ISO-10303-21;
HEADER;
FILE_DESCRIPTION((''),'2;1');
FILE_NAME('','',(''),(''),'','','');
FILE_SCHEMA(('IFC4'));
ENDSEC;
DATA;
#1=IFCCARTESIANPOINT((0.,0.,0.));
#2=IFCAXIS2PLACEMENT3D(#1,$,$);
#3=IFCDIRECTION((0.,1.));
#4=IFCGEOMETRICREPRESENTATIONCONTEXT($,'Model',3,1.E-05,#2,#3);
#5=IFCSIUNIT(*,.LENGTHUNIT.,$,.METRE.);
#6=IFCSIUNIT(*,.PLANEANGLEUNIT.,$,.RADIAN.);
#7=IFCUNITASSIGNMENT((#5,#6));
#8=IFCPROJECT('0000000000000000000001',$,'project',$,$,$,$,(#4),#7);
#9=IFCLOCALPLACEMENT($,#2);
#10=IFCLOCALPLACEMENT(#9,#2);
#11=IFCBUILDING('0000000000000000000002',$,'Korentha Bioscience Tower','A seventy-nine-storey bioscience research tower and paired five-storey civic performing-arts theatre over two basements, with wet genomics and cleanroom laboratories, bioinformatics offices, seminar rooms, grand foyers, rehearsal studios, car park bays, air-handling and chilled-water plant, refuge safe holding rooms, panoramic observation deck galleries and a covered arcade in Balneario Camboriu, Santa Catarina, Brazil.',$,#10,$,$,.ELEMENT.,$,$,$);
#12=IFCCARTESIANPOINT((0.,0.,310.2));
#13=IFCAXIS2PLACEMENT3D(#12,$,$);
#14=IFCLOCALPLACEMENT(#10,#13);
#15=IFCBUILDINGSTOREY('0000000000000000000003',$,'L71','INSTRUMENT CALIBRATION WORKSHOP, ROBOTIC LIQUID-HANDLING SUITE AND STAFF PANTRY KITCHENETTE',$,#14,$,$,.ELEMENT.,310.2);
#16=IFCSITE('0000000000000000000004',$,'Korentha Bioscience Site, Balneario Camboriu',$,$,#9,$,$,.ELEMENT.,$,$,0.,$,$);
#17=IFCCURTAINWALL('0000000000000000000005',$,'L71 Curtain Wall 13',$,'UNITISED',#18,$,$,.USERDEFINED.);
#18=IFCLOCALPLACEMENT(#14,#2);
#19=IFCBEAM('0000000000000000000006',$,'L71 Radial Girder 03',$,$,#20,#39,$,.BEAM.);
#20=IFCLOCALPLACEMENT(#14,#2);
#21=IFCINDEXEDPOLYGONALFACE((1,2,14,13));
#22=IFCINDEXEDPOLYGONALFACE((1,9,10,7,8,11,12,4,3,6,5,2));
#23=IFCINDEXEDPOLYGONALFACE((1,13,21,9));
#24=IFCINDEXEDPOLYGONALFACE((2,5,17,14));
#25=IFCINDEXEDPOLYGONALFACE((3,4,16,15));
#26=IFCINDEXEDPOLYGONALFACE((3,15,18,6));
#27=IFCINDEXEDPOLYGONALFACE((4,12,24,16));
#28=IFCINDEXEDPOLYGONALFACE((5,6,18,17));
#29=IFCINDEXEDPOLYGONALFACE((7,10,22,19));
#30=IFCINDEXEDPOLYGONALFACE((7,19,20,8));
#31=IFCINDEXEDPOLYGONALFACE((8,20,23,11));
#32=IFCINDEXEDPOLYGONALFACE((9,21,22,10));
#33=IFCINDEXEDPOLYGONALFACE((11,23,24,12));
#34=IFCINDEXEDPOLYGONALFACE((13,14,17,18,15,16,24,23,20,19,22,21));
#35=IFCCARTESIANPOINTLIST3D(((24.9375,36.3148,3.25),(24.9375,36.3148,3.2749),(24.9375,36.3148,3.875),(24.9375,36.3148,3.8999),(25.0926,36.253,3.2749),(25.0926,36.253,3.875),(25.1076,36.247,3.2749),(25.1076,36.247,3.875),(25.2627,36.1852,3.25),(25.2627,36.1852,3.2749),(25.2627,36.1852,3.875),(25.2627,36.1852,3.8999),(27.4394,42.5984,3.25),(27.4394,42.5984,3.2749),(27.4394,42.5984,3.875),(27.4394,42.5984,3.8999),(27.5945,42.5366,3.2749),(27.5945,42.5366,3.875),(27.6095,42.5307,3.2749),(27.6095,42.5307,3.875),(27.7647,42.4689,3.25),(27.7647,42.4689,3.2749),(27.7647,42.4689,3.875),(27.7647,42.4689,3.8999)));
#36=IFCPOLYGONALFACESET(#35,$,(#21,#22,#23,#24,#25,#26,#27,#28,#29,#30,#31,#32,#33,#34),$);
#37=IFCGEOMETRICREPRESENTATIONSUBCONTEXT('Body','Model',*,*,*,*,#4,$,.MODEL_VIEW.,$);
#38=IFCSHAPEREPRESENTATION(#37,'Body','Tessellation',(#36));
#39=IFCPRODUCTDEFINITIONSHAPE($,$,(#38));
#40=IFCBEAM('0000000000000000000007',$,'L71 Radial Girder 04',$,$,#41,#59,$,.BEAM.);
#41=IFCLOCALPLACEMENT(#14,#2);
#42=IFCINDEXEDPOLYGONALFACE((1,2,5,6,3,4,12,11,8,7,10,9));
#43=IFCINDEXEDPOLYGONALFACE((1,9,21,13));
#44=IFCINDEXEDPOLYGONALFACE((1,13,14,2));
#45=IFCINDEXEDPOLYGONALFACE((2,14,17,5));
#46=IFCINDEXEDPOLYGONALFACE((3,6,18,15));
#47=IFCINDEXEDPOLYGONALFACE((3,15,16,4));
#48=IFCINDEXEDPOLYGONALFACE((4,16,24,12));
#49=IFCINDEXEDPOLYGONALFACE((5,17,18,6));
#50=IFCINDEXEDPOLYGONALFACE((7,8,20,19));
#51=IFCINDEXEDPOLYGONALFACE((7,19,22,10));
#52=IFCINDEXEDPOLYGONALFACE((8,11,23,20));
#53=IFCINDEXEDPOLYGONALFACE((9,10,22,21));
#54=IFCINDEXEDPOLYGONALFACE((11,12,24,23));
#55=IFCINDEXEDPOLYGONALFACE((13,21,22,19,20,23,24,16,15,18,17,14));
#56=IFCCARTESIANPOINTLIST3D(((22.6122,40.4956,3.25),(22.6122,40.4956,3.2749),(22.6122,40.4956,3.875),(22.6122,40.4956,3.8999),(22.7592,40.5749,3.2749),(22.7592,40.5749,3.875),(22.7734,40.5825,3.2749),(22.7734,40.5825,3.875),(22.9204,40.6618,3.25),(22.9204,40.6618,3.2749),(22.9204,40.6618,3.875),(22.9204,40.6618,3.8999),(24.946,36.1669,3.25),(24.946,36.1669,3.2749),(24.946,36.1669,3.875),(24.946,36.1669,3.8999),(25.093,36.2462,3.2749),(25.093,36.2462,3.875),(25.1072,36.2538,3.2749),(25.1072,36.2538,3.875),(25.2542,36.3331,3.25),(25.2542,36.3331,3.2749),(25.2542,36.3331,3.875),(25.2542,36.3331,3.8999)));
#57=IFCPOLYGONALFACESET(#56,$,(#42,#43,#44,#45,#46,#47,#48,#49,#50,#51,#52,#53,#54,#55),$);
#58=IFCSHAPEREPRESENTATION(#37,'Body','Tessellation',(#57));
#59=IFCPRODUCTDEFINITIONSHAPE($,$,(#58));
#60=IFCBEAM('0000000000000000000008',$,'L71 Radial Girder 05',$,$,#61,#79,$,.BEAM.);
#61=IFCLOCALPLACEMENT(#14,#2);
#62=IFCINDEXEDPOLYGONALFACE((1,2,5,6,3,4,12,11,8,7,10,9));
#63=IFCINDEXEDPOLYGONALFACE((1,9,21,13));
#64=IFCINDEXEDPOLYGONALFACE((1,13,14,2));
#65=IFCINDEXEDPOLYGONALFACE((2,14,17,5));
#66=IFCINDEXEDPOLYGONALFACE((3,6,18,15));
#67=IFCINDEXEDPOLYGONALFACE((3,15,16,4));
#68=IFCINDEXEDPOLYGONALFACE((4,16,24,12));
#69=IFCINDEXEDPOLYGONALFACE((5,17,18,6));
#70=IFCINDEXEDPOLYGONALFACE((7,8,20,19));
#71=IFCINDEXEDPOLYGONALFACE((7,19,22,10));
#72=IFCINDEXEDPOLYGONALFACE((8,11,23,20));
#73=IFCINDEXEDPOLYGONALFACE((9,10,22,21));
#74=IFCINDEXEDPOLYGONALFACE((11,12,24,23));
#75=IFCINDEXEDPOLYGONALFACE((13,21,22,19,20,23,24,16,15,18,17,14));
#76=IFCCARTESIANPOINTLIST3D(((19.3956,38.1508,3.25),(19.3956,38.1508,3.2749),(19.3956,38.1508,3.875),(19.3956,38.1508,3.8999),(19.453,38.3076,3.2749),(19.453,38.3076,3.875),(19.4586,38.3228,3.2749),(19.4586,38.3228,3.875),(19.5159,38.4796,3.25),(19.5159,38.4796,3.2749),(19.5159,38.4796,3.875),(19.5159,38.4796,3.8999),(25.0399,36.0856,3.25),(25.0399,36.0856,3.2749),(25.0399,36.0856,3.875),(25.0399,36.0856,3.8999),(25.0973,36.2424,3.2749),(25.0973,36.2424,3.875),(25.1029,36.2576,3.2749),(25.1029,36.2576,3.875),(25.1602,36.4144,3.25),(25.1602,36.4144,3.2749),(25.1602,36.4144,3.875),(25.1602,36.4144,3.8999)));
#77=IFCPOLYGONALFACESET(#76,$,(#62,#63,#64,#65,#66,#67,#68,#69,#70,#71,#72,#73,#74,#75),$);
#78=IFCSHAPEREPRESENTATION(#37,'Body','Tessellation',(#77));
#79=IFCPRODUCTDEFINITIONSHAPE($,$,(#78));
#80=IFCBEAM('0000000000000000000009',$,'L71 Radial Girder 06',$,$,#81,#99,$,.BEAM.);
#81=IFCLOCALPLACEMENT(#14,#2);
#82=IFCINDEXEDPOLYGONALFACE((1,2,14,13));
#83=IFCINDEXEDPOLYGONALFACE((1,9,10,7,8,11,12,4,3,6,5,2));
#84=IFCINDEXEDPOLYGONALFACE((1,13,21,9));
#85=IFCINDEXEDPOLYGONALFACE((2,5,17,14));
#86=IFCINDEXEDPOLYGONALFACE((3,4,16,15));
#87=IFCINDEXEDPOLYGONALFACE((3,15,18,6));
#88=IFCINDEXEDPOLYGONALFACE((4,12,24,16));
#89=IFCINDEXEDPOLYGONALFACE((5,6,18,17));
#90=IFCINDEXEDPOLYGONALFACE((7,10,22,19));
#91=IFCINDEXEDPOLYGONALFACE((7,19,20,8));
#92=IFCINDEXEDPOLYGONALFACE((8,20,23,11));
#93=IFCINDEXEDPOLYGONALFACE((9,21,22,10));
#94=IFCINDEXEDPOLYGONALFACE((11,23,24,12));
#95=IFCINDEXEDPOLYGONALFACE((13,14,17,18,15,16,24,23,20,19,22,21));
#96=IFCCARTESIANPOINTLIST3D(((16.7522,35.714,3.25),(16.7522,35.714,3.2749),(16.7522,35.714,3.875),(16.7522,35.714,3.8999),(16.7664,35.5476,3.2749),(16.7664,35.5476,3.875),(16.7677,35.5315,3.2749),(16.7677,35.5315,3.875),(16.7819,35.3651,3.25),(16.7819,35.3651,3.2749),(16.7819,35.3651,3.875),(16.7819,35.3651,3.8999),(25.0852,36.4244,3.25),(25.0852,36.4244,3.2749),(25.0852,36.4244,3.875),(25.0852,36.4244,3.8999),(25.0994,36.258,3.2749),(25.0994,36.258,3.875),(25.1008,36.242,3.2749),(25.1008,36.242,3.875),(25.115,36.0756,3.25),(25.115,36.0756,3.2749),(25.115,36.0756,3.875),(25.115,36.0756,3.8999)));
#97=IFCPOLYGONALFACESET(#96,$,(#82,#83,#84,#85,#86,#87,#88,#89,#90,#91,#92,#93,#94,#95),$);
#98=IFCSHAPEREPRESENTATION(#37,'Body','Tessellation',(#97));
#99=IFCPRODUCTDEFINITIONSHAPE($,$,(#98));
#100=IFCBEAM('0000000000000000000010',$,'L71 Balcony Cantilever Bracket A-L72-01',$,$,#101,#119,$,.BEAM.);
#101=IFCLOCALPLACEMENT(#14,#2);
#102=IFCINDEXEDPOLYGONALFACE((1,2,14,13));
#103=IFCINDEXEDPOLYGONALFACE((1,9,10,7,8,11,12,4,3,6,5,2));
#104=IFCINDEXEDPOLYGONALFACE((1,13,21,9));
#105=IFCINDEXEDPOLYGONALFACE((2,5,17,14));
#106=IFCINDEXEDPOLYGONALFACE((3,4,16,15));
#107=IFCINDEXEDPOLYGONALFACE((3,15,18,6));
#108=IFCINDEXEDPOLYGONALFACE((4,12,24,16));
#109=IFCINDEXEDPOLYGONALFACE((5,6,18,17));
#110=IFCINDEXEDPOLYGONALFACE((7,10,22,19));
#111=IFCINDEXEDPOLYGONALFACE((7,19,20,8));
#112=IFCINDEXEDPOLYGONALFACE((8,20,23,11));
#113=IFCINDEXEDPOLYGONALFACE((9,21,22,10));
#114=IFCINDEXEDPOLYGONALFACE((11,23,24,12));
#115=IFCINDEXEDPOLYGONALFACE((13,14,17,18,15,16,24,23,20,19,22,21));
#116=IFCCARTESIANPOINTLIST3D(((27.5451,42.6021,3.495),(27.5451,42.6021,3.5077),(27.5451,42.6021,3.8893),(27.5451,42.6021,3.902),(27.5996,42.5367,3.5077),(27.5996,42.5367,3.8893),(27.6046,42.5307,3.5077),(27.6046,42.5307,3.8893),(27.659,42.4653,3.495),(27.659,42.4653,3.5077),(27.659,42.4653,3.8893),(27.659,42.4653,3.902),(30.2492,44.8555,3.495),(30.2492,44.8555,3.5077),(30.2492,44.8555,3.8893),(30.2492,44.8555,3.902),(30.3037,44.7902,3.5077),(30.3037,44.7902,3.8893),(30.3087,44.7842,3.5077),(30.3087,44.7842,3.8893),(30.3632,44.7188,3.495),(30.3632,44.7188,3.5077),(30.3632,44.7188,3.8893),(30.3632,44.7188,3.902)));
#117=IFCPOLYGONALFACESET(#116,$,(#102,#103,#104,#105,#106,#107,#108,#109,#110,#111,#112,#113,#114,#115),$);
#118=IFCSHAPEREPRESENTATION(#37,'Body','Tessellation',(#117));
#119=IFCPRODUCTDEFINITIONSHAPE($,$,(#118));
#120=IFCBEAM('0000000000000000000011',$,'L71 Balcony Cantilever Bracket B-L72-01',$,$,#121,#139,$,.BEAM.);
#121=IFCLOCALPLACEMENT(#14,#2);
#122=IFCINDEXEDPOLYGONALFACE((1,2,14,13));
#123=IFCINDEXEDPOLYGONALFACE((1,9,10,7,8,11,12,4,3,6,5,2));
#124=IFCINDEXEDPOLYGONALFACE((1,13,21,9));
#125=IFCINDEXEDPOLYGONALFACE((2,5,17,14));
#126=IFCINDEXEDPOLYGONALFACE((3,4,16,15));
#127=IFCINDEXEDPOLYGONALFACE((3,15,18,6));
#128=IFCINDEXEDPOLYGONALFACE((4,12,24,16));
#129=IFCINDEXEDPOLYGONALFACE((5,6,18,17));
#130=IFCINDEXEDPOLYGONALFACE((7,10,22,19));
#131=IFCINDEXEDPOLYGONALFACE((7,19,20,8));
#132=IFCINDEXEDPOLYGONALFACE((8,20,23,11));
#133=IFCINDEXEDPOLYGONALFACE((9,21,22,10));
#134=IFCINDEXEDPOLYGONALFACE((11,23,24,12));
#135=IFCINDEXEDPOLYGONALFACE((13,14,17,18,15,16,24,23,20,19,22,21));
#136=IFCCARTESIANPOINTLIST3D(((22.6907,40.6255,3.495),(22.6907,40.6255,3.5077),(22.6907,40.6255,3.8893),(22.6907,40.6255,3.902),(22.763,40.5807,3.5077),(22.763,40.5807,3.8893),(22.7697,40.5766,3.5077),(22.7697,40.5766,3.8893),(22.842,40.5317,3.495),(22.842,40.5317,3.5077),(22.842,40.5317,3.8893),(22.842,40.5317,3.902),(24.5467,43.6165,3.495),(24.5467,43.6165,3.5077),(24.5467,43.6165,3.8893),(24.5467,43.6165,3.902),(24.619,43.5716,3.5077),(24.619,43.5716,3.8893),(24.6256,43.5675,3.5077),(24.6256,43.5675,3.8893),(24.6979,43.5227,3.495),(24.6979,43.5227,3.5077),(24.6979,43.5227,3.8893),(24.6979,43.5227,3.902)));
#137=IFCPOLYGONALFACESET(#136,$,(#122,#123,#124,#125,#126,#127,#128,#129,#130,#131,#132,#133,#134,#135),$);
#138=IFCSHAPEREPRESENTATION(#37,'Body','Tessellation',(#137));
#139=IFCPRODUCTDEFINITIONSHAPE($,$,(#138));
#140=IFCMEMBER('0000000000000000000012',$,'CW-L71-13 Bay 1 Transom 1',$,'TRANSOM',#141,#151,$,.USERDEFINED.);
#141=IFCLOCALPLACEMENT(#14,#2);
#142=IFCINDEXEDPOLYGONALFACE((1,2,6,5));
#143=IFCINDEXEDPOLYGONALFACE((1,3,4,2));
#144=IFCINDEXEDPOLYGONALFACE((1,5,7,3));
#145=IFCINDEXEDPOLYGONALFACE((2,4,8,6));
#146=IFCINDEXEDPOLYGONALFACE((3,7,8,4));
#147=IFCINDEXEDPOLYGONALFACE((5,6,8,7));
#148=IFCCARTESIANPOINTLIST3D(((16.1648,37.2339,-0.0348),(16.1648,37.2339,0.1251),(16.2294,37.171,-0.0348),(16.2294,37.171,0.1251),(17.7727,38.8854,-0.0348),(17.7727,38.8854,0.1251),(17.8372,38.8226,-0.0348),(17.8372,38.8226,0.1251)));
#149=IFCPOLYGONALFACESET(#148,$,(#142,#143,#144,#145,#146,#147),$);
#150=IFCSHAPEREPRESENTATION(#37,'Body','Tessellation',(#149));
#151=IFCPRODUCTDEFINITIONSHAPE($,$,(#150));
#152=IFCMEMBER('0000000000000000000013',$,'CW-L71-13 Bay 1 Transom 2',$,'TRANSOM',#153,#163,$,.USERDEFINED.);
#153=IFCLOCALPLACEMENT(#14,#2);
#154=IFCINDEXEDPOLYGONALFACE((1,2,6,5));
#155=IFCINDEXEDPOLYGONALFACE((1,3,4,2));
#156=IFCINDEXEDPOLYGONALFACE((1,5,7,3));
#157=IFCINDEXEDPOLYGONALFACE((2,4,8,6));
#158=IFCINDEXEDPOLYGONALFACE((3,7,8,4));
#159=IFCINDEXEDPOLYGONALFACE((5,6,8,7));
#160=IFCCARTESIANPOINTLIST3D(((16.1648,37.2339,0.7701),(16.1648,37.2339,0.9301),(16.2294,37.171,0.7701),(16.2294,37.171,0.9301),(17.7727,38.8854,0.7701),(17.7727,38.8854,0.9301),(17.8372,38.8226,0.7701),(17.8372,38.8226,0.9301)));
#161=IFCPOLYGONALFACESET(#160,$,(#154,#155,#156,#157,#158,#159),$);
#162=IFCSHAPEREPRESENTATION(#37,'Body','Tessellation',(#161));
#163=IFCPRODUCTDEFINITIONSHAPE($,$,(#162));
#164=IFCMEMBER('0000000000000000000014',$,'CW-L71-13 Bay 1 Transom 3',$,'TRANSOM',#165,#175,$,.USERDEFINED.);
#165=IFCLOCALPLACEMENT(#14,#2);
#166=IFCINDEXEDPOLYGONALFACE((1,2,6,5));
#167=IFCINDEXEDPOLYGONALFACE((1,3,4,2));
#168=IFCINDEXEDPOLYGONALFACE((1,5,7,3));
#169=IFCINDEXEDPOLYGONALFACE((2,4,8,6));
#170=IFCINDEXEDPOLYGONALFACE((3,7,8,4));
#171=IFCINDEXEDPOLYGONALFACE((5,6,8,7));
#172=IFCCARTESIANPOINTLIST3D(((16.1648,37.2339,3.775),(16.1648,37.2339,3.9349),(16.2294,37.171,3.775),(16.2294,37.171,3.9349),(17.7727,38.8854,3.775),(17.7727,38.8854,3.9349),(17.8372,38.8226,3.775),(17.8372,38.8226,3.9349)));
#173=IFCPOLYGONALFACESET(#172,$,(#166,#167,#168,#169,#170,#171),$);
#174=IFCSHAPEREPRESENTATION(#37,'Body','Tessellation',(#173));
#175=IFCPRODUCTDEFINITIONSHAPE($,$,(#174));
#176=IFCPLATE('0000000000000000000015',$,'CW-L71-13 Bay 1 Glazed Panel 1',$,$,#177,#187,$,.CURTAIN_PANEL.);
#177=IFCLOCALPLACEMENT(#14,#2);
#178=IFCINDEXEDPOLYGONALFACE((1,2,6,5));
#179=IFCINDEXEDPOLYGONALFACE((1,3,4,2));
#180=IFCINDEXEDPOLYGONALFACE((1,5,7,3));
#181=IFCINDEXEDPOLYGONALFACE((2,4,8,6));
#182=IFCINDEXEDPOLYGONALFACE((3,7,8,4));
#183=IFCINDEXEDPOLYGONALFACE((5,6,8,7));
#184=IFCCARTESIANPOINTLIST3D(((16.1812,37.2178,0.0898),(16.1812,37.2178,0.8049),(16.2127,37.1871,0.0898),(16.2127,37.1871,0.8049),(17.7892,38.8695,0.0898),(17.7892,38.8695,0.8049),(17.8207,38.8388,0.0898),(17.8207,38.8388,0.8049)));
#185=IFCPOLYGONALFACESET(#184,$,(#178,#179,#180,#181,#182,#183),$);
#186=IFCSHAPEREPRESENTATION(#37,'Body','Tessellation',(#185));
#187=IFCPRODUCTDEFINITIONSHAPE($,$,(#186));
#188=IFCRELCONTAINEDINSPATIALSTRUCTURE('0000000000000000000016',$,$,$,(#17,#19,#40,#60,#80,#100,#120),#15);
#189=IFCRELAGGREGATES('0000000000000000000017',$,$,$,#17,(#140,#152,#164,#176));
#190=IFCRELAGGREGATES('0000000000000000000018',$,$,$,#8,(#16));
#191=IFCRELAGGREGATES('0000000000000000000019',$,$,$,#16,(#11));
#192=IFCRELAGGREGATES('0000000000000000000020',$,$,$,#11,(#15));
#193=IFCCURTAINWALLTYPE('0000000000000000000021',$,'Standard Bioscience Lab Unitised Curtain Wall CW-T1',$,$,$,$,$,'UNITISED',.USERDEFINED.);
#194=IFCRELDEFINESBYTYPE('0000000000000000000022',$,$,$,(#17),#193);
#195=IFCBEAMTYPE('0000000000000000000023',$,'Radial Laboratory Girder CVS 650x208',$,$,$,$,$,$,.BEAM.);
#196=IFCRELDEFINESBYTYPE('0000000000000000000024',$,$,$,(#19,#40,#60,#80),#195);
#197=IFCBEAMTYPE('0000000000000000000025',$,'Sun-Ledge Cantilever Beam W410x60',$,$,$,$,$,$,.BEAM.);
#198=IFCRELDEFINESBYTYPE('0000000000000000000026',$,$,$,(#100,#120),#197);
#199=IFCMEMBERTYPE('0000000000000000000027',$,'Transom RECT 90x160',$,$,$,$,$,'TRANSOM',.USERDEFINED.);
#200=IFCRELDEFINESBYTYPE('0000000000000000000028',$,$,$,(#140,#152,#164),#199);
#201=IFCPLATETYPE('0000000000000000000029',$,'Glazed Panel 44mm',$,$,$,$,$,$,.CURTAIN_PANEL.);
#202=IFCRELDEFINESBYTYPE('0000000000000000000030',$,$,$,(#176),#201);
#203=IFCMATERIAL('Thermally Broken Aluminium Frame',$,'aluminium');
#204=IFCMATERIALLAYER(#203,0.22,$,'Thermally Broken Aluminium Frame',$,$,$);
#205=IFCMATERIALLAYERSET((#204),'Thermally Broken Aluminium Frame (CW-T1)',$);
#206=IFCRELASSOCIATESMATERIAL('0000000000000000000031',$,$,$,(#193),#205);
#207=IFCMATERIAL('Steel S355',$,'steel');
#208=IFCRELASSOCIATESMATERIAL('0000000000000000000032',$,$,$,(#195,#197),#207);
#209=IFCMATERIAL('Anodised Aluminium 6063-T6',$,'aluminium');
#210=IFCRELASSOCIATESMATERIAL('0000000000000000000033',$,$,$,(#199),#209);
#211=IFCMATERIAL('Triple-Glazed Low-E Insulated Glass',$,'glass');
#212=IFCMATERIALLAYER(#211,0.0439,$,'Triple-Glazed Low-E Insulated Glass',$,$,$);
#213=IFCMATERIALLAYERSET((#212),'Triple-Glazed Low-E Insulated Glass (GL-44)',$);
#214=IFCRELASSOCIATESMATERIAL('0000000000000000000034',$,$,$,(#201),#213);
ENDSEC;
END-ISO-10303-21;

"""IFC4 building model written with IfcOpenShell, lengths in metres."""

from ifc_helpers import new_model, si_unit, direction, frame, origin, origin_2d, place, context, subcontext, project, spatial, rectangle, i_section, extrude, material, layer, layer_set, material_profile, profile_set, type_object, element, aggregate, save


model = new_model("IFC4")

# Units and contexts
model_context = context("Model", 3, precision=1e-05, world=origin(), true_north=direction((0.0, 1.0)))
body_context = subcontext(model_context, "Body", "Model", "MODEL_VIEW")
ifc_project = project(units=[si_unit("LENGTHUNIT", "METRE"), si_unit("PLANEANGLEUNIT", "RADIAN")], contexts=[model_context])

# Site, building, storey
site_placement = place(None, origin())
site = spatial("IfcSite", under=ifc_project, at=site_placement, Name="Korentha Bioscience Site, Balneario Camboriu", CompositionType="ELEMENT", RefElevation=0.0)
building_placement = place(site_placement, origin())
building = spatial("IfcBuilding", under=site, at=building_placement, Name="Korentha Bioscience Tower", Description="A seventy-nine-storey bioscience research tower and paired five-storey civic performing-arts theatre over two basements, with wet genomics and cleanroom laboratories, bioinformatics offices, seminar rooms, grand foyers, rehearsal studios, car park bays, air-handling and chilled-water plant, refuge safe holding rooms, panoramic observation deck galleries and a covered arcade in Balneario Camboriu, Santa Catarina, Brazil.", CompositionType="ELEMENT")
storey_placement = place(building_placement, frame((0.0, 0.0, 310.2)))
storey = spatial("IfcBuildingStorey", under=building, at=storey_placement, Name="L71", Description="INSTRUMENT CALIBRATION WORKSHOP, ROBOTIC LIQUID-HANDLING SUITE AND STAFF PANTRY KITCHENETTE", CompositionType="ELEMENT", Elevation=310.2)

# Shared definitions
ifc_material_1 = material(Name="Steel S355", Category="steel")

# Curtain wall
ifc_material_2 = material(Name="Thermally Broken Aluminium Frame", Category="aluminium")
ifc_layer_1 = layer(ifc_material_2, 0.22, Name="Thermally Broken Aluminium Frame")
ifc_layer_set_1 = layer_set([ifc_layer_1], Name="Thermally Broken Aluminium Frame (CW-T1)")
curtain_wall_type = type_object("IfcCurtainWallType", Name="Standard Bioscience Lab Unitised Curtain Wall CW-T1", ElementType="UNITISED", PredefinedType="USERDEFINED", material=ifc_layer_set_1)
curtain_wall_placement = place(storey_placement, origin())
curtain_wall = element("IfcCurtainWall", 1, at=curtain_wall_placement, inside=storey, type_object=curtain_wall_type, Name="L71 Curtain Wall 13", ObjectType="UNITISED", PredefinedType="USERDEFINED")
ifc_material_3 = material(Name="Anodised Aluminium 6063-T6", Category="aluminium")

# Beams
ifc_material_profile_1 = material_profile(ifc_material_1, i_section(OverallWidth=0.3501, OverallDepth=0.6499, WebThickness=0.0161, FlangeThickness=0.0249, at=origin_2d()), Name="Steel S355")
ifc_profile_set_1 = profile_set([ifc_material_profile_1], Name="Steel S355 (RB-650)")
beam_type_1 = type_object("IfcBeamType", Name="Radial Laboratory Girder CVS 650x208", PredefinedType="BEAM", material=ifc_profile_set_1)
beam_1_placement = place(storey_placement, frame((25.1001, 36.25, 3.575), z_axis=(0.369921, 0.929063, 0.0), x_axis=(-0.929063, 0.369921, 0.0)))
element("IfcBeam", 2, at=beam_1_placement, inside=storey, type_object=beam_type_1, Name="L71 Radial Girder 03", PredefinedType="BEAM", context=body_context, shape_type="SweptSolid", body=[
    extrude(i_section(OverallWidth=0.3501, OverallDepth=0.6499, WebThickness=0.0161, FlangeThickness=0.0249, at=origin_2d()), origin(), (0.0, 0.0, 1.0), 6.7634),
])
beam_2_placement = place(storey_placement, frame((25.1001, 36.25, 3.575), z_axis=(-0.474565, 0.880221, 0.0), x_axis=(-0.880221, -0.474565, 0.0)))
element("IfcBeam", 3, at=beam_2_placement, inside=storey, type_object=beam_type_1, Name="L71 Radial Girder 04", PredefinedType="BEAM", context=body_context, shape_type="SweptSolid", body=[
    extrude(i_section(OverallWidth=0.3501, OverallDepth=0.6499, WebThickness=0.0161, FlangeThickness=0.0249, at=origin_2d()), origin(), (0.0, 0.0, 1.0), 4.9177),
])
beam_3_placement = place(storey_placement, frame((25.1001, 36.25, 3.575), z_axis=(-0.939112, 0.343611, 0.0), x_axis=(-0.343611, -0.939112, 0.0)))
element("IfcBeam", 4, at=beam_3_placement, inside=storey, type_object=beam_type_1, Name="L71 Radial Girder 05", PredefinedType="BEAM", context=body_context, shape_type="SweptSolid", body=[
    extrude(i_section(OverallWidth=0.3501, OverallDepth=0.6499, WebThickness=0.0161, FlangeThickness=0.0249, at=origin_2d()), origin(), (0.0, 0.0, 1.0), 6.0103),
])
beam_4_placement = place(storey_placement, frame((25.1001, 36.25, 3.575), z_axis=(-0.996385, -0.084949, 0.0), x_axis=(0.084949, -0.996385, 0.0)))
element("IfcBeam", 5, at=beam_4_placement, inside=storey, type_object=beam_type_1, Name="L71 Radial Girder 06", PredefinedType="BEAM", context=body_context, shape_type="SweptSolid", body=[
    extrude(i_section(OverallWidth=0.3501, OverallDepth=0.6499, WebThickness=0.0161, FlangeThickness=0.0249, at=origin_2d()), origin(), (0.0, 0.0, 1.0), 8.3633),
])
ifc_material_profile_2 = material_profile(ifc_material_1, i_section(OverallWidth=0.178, OverallDepth=0.407, WebThickness=0.0078, FlangeThickness=0.0127, at=origin_2d()), Name="Steel S355")
ifc_profile_set_2 = profile_set([ifc_material_profile_2], Name="Steel S355 (CB-410)")
beam_type_2 = type_object("IfcBeamType", Name="Sun-Ledge Cantilever Beam W410x60", PredefinedType="BEAM", material=ifc_profile_set_2)
for number, where, z_axis, x_axis, name in (
    (6, (27.6021, 42.5337, 3.6985), (0.768221, 0.640184, 0.0), (-0.640184, 0.768221, 0.0), "L71 Balcony Cantilever Bracket A-L72-01"),
    (7, (22.7664, 40.5786, 3.6985), (0.527259, 0.849704, 0.0), (-0.849704, 0.527259, 0.0), "L71 Balcony Cantilever Bracket B-L72-01"),
):
    element("IfcBeam", number, at=place(storey_placement, frame(where, z_axis=z_axis, x_axis=x_axis)), inside=storey, type_object=beam_type_2, Name=name, PredefinedType="BEAM", context=body_context, shape_type="SweptSolid", body=[
        extrude(i_section(OverallWidth=0.178, OverallDepth=0.407, WebThickness=0.0078, FlangeThickness=0.0127, at=origin_2d()), origin(), (0.0, 0.0, 1.0), 3.52),
    ])

# Members
ifc_material_profile_3 = material_profile(ifc_material_3, rectangle(XDim=0.0901, YDim=0.1599, at=origin_2d()), Name="Anodised Aluminium 6063-T6")
ifc_profile_set_3 = profile_set([ifc_material_profile_3], Name="Anodised Aluminium 6063-T6 (CW-TRN)")
member_type_1 = type_object("IfcMemberType", Name="Transom RECT 90x160", ElementType="TRANSOM", PredefinedType="USERDEFINED", material=ifc_profile_set_3)
member_1_placement = place(storey_placement, frame((17.8049, 38.854, 0.0452), z_axis=(-0.697564, -0.716523, 0.0), x_axis=(0.716523, -0.697564, 0.0)))
member_1 = element("IfcMember", 8, at=member_1_placement, type_object=member_type_1, Name="CW-L71-13 Bay 1 Transom 1", ObjectType="TRANSOM", PredefinedType="USERDEFINED", context=body_context, shape_type="SweptSolid", body=[
    extrude(rectangle(XDim=0.0901, YDim=0.1599, at=origin_2d()), origin(), (0.0, 0.0, 1.0), 2.3049),
])
member_2_placement = place(storey_placement, frame((17.8049, 38.854, 0.8501), z_axis=(-0.697564, -0.716523, 0.0), x_axis=(0.716523, -0.697564, 0.0)))
member_2 = element("IfcMember", 9, at=member_2_placement, type_object=member_type_1, Name="CW-L71-13 Bay 1 Transom 2", ObjectType="TRANSOM", PredefinedType="USERDEFINED", context=body_context, shape_type="SweptSolid", body=[
    extrude(rectangle(XDim=0.0901, YDim=0.1599, at=origin_2d()), origin(), (0.0, 0.0, 1.0), 2.3049),
])
member_3_placement = place(storey_placement, frame((17.8049, 38.854, 3.855), z_axis=(-0.697564, -0.716523, 0.0), x_axis=(0.716523, -0.697564, 0.0)))
member_3 = element("IfcMember", 10, at=member_3_placement, type_object=member_type_1, Name="CW-L71-13 Bay 1 Transom 3", ObjectType="TRANSOM", PredefinedType="USERDEFINED", context=body_context, shape_type="SweptSolid", body=[
    extrude(rectangle(XDim=0.0901, YDim=0.1599, at=origin_2d()), origin(), (0.0, 0.0, 1.0), 2.3049),
])

# Plate
ifc_material_4 = material(Name="Triple-Glazed Low-E Insulated Glass", Category="glass")
ifc_layer_2 = layer(ifc_material_4, 0.0439, Name="Triple-Glazed Low-E Insulated Glass")
ifc_layer_set_2 = layer_set([ifc_layer_2], Name="Triple-Glazed Low-E Insulated Glass (GL-44)")
plate_type = type_object("IfcPlateType", Name="Glazed Panel 44mm", PredefinedType="CURTAIN_PANEL", material=ifc_layer_set_2)
plate_1_placement = place(storey_placement, frame((17.001, 38.0283, 0.0898), z_axis=(0.0, 0.0, 1.0), x_axis=(-0.697567, -0.716519, 0.0)))
plate_1 = element("IfcPlate", 11, at=plate_1_placement, type_object=plate_type, Name="CW-L71-13 Bay 1 Glazed Panel 1", PredefinedType="CURTAIN_PANEL", context=body_context, shape_type="SweptSolid", body=[
    extrude(rectangle(XDim=2.3052, YDim=0.0439, at=origin_2d()), origin(), (0.0, 0.0, 1.0), 0.7151),
])
aggregate(curtain_wall, [member_1, member_2, member_3, plate_1])

save(model, "model.ifc")
